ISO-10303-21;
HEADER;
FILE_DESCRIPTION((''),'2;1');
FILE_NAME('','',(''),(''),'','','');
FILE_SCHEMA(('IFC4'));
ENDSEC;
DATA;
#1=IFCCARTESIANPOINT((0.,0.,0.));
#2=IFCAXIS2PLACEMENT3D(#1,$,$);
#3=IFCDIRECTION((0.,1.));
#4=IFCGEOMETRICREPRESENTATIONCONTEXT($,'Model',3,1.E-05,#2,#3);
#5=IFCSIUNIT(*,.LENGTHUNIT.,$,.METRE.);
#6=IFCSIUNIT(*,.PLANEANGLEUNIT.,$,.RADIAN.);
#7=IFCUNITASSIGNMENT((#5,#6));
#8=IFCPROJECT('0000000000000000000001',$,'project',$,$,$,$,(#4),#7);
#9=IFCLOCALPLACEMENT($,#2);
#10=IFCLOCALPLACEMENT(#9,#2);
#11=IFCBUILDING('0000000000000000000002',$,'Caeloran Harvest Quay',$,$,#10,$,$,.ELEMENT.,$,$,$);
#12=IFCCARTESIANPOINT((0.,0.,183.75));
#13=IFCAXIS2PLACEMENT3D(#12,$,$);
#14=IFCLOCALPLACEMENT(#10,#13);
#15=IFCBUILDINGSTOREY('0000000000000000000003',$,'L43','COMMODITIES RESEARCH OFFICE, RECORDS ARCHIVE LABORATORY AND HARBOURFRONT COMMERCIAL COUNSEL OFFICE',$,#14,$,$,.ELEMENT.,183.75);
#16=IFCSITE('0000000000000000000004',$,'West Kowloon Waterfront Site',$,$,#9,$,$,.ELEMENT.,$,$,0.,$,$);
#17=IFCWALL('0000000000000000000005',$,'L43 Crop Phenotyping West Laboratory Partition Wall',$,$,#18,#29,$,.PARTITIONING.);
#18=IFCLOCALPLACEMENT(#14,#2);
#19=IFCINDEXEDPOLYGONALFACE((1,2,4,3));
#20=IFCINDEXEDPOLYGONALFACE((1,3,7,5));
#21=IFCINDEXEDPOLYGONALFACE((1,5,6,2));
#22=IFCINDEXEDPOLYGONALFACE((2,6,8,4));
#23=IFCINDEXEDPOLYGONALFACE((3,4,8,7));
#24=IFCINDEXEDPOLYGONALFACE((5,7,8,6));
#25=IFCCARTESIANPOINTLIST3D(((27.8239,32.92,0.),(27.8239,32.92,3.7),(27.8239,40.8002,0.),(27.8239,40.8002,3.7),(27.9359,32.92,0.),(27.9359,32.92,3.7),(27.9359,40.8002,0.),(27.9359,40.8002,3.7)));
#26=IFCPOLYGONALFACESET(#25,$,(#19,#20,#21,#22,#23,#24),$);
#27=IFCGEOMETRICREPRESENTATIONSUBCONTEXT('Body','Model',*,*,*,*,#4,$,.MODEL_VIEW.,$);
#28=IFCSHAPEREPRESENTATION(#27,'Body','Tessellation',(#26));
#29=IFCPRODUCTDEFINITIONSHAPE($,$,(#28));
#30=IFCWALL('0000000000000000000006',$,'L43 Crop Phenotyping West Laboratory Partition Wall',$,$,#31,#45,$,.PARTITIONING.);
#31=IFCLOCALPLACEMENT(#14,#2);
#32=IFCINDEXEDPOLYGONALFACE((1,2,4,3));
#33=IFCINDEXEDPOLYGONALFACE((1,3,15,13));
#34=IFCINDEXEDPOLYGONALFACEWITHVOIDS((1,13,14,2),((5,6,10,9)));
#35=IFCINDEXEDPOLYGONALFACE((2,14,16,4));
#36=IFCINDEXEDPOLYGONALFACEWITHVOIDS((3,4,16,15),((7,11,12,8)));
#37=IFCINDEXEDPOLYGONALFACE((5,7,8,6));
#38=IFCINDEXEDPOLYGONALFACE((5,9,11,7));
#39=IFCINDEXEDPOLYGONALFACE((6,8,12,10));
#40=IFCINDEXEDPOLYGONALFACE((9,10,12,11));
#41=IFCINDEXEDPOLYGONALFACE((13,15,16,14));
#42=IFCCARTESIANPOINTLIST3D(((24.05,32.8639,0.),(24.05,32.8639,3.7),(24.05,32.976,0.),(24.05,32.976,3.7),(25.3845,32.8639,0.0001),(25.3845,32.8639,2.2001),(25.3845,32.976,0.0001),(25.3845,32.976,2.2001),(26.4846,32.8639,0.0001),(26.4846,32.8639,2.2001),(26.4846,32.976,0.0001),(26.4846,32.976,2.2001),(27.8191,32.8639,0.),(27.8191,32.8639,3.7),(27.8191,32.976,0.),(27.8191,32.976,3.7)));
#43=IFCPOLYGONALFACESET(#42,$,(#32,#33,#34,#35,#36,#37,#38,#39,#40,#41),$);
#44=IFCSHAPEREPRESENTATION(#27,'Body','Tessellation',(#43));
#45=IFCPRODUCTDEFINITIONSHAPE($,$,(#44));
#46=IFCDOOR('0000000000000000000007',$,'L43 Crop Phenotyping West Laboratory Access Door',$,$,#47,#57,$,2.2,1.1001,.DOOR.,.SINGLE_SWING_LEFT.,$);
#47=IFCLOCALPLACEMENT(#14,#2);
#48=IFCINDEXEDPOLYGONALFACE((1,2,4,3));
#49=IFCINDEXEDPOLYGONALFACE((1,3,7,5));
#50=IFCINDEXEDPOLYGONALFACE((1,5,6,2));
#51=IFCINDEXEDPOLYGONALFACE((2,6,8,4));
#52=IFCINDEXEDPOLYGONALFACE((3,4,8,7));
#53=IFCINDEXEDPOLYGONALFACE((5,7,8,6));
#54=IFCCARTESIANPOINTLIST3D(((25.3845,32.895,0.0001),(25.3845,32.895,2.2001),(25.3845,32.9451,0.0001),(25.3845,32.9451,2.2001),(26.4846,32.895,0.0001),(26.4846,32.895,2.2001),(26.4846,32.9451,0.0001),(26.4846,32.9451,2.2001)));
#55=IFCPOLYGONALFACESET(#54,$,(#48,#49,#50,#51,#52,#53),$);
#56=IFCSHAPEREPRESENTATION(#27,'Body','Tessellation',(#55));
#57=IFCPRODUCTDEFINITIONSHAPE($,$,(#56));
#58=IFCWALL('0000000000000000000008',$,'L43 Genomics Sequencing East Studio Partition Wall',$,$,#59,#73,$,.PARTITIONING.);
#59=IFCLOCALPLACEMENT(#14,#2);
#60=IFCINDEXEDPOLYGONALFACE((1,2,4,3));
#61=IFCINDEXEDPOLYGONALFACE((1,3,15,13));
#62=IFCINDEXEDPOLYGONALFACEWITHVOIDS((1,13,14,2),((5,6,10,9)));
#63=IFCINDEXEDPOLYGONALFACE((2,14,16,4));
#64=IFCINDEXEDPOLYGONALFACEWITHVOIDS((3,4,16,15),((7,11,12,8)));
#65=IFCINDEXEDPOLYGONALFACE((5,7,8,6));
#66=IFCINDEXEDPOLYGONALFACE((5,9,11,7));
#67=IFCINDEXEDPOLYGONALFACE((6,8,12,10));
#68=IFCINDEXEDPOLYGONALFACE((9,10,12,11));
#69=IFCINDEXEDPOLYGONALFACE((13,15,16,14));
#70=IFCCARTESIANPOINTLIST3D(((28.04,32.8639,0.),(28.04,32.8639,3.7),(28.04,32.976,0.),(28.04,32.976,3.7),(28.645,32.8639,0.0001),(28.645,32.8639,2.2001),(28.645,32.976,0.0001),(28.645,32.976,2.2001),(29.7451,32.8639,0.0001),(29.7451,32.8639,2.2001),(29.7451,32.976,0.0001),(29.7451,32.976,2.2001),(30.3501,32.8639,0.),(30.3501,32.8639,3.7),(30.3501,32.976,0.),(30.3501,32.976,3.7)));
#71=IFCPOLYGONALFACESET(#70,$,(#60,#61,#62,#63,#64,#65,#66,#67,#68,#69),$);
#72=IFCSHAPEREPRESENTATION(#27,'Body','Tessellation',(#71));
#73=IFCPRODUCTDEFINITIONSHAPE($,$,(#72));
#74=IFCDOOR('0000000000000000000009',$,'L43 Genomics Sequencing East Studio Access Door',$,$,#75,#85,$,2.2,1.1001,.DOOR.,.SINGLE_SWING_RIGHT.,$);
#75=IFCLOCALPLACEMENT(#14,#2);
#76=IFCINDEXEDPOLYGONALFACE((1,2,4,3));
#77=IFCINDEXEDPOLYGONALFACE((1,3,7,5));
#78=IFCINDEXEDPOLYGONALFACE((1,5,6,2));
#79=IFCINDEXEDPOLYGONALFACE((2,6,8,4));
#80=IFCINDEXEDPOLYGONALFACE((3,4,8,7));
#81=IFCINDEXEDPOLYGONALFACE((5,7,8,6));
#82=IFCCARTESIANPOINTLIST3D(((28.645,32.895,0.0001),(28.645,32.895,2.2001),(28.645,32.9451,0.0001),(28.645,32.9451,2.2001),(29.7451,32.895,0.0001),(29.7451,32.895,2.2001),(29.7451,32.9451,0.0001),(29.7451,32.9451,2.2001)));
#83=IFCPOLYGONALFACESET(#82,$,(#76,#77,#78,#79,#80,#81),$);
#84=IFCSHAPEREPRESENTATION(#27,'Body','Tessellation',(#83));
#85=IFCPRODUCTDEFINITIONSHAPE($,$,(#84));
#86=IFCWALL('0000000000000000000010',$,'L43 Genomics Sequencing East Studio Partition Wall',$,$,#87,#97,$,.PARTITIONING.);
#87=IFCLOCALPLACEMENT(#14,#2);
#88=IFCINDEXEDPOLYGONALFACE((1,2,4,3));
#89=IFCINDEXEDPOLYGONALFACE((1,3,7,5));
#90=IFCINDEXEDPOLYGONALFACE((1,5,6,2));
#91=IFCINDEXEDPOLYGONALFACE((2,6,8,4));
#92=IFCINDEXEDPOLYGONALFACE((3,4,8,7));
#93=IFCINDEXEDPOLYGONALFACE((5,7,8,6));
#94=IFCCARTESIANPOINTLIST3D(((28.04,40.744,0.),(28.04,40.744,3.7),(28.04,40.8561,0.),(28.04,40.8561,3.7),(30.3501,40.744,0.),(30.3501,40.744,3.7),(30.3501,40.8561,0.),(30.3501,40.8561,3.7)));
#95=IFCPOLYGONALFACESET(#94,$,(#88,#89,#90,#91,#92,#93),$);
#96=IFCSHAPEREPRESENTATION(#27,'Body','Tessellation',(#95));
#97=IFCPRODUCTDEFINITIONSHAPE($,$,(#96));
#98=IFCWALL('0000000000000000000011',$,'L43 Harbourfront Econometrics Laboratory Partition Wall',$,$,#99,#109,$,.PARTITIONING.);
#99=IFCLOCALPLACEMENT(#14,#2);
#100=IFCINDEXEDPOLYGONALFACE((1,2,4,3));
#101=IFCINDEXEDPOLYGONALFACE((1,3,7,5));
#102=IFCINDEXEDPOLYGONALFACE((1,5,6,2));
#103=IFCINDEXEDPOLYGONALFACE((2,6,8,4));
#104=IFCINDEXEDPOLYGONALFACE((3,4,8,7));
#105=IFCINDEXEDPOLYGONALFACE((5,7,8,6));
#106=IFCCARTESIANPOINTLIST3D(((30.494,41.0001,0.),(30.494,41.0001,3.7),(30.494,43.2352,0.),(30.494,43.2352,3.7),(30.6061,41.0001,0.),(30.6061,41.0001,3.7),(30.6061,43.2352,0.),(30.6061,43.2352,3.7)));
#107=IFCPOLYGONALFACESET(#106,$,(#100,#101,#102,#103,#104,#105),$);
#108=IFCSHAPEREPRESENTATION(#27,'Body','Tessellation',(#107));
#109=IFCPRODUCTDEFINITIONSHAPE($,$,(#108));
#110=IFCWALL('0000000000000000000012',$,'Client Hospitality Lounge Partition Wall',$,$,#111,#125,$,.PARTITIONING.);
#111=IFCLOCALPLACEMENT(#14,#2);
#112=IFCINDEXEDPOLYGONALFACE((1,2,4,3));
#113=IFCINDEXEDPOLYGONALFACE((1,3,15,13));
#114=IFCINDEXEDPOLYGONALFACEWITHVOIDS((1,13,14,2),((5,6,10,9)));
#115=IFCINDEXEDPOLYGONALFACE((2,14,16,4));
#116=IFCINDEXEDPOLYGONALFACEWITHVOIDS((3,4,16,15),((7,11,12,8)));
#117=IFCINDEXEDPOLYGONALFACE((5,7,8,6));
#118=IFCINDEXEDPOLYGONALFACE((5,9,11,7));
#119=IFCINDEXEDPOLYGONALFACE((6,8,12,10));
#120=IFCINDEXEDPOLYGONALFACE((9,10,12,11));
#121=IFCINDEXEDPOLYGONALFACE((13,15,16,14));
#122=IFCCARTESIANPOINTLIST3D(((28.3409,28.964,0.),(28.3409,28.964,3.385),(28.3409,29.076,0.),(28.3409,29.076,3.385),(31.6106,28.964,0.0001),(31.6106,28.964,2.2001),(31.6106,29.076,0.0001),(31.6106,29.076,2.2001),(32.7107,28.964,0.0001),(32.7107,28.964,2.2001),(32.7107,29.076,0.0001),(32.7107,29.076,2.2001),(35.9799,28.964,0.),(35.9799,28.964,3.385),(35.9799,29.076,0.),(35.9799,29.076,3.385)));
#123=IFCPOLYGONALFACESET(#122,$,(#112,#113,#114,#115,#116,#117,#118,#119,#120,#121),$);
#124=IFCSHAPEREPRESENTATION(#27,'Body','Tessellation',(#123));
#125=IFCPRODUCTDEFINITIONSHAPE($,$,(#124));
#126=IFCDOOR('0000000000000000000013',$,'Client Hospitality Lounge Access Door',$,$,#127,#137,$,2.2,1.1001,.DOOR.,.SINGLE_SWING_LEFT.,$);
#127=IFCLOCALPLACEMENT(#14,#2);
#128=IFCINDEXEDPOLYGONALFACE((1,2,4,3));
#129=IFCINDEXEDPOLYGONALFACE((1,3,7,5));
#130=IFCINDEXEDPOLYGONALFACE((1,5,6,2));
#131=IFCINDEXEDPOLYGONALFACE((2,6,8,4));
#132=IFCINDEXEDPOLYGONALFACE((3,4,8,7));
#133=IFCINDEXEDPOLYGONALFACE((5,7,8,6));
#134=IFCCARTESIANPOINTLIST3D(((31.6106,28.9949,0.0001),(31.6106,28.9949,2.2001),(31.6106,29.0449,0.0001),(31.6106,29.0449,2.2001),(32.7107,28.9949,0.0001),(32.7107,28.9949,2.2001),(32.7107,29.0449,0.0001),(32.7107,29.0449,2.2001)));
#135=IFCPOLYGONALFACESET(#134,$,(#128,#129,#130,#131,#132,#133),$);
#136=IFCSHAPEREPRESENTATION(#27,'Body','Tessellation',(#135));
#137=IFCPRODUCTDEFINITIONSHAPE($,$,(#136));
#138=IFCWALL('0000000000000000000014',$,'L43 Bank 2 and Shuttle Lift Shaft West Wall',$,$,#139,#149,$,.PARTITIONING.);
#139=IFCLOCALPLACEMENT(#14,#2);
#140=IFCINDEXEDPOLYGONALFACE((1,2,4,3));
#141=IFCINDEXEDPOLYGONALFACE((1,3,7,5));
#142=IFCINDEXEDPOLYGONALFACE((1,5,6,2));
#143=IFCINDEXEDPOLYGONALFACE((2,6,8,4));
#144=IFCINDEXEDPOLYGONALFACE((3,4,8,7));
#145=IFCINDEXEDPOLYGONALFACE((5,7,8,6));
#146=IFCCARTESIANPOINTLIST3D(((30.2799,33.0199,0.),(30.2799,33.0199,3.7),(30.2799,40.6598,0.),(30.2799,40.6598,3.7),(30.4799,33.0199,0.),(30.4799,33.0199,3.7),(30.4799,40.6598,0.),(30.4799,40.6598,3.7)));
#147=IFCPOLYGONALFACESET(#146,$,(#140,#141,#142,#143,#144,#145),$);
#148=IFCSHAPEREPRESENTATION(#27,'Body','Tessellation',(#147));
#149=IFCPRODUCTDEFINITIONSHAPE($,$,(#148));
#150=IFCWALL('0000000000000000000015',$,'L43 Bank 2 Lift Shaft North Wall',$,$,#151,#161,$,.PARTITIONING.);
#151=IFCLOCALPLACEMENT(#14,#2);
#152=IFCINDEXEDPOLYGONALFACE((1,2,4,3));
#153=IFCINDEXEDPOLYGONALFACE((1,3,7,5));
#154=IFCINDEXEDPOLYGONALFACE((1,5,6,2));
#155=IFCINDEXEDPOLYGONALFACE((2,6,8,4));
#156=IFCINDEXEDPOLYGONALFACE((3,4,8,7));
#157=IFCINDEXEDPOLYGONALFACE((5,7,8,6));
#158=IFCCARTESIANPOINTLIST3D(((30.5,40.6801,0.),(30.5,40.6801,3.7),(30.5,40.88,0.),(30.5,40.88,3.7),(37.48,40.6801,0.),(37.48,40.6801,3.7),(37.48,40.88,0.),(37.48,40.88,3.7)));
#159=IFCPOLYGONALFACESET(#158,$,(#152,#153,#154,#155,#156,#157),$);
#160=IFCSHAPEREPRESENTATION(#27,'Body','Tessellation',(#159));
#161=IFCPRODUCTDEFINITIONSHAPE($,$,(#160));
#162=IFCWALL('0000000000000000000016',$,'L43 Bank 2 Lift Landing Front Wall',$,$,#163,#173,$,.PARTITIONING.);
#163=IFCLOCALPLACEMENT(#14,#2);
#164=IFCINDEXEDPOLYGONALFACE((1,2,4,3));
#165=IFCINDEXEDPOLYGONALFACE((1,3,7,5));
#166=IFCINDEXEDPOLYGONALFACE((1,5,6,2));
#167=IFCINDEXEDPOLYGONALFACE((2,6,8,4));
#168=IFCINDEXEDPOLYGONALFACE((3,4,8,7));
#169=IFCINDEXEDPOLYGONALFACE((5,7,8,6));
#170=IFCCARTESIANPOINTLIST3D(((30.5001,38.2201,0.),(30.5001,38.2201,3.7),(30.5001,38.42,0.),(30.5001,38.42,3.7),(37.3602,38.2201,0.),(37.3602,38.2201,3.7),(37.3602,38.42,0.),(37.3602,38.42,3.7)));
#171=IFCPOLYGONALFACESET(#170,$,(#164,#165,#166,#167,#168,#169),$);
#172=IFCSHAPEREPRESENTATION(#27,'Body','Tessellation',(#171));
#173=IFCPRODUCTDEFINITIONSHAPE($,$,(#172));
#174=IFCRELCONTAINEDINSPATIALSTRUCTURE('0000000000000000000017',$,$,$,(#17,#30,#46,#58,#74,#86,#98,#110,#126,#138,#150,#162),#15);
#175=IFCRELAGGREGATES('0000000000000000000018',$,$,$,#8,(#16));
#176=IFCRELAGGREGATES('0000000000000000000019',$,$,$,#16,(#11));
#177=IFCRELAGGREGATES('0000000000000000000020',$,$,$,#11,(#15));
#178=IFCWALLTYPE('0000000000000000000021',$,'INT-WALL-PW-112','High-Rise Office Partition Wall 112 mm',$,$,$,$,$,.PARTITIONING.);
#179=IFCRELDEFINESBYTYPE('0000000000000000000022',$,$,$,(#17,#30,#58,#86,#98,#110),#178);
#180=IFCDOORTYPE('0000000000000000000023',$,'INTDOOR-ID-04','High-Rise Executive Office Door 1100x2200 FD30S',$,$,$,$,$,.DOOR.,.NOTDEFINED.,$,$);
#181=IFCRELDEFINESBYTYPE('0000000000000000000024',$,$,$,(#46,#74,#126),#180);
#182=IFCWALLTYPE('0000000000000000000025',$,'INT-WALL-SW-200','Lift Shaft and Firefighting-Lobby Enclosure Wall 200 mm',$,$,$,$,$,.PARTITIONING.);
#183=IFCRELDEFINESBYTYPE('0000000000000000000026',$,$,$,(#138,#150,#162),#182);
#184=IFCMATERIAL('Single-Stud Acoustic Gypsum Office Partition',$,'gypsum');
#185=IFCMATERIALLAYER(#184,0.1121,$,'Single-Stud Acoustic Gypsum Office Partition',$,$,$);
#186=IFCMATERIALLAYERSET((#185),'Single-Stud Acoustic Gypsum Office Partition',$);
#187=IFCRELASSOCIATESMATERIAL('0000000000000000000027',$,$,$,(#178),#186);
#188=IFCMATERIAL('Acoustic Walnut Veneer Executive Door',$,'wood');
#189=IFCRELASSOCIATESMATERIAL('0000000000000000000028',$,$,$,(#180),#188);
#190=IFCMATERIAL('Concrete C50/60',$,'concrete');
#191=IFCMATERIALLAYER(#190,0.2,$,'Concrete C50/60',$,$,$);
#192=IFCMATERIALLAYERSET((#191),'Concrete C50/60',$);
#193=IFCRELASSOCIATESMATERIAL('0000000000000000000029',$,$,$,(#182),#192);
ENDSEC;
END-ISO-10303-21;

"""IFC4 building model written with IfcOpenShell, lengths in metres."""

from ifc_helpers import new_model, si_unit, direction, frame, frame_2d, origin, place, context, subcontext, project, spatial, rectangle, extrude, material, layer, layer_set, type_object, element, fill, save


model = new_model("IFC4")

# Units and contexts
model_context = context("Model", 3, precision=1e-05, world=origin(), true_north=direction((0.0, 1.0)))
body_context = subcontext(model_context, "Body", "Model", "MODEL_VIEW")
ifc_project = project(units=[si_unit("LENGTHUNIT", "METRE"), si_unit("PLANEANGLEUNIT", "RADIAN")], contexts=[model_context])

# Site, building, storey
site_placement = place(None, origin())
site = spatial("IfcSite", under=ifc_project, at=site_placement, Name="West Kowloon Waterfront Site", CompositionType="ELEMENT", RefElevation=0.0)
building_placement = place(site_placement, origin())
building = spatial("IfcBuilding", under=site, at=building_placement, Name="Caeloran Harvest Quay", CompositionType="ELEMENT")
storey_placement = place(building_placement, frame((0.0, 0.0, 183.75)))
storey = spatial("IfcBuildingStorey", under=building, at=storey_placement, Name="L43", Description="COMMODITIES RESEARCH OFFICE, RECORDS ARCHIVE LABORATORY AND HARBOURFRONT COMMERCIAL COUNSEL OFFICE", CompositionType="ELEMENT", Elevation=183.75)

# Wall
ifc_material_1 = material(Name="Single-Stud Acoustic Gypsum Office Partition", Category="gypsum")
ifc_layer_1 = layer(ifc_material_1, 0.1121, Name="Single-Stud Acoustic Gypsum Office Partition")
ifc_layer_set_1 = layer_set([ifc_layer_1], Name="Single-Stud Acoustic Gypsum Office Partition")
wall_type_1 = type_object("IfcWallType", Name="INT-WALL-PW-112", Description="High-Rise Office Partition Wall 112 mm", PredefinedType="PARTITIONING", material=ifc_layer_set_1)
wall_1_placement = place(storey_placement, frame((27.8799, 40.8, 0.0), z_axis=(0.0, 0.0, 1.0), x_axis=(0.0, -1.0, 0.0)))
element("IfcWall", 1, at=wall_1_placement, inside=storey, type_object=wall_type_1, Name="L43 Crop Phenotyping West Laboratory Partition Wall", PredefinedType="PARTITIONING", context=body_context, shape_type="SweptSolid", body=[
    extrude(rectangle(XDim=7.8801, YDim=0.1121, at=frame_2d((3.9399, 0.0))), origin(), (0.0, 0.0, 1.0), 3.7),
])

# Walls, openings, doors
wall_2_placement = place(storey_placement, frame((27.8191, 32.9199, 0.0), z_axis=(0.0, 0.0, 1.0), x_axis=(-1.0, 0.0, 0.0)))
wall_2 = element("IfcWall", 2, at=wall_2_placement, inside=storey, type_object=wall_type_1, Name="L43 Crop Phenotyping West Laboratory Partition Wall", PredefinedType="PARTITIONING", context=body_context, shape_type="SweptSolid", body=[
    extrude(rectangle(XDim=3.769, YDim=0.1121, at=frame_2d((1.8845, 0.0))), origin(), (0.0, 0.0, 1.0), 3.7),
])
opening_1_placement = place(wall_2_placement, frame((1.3345, 0.0, 0.0)))
opening_1 = element("IfcOpeningElement", 3, at=opening_1_placement, cuts=wall_2, PredefinedType="OPENING", context=body_context, shape_type="SweptSolid", body=[
    extrude(rectangle(XDim=1.1001, YDim=2.2, at=frame_2d((0.55, 1.1001))), frame((0.0, 0.0659, 0.0), z_axis=(0.0, -1.0, 0.0), x_axis=(1.0, 0.0, 0.0)), (0.0, 0.0, 1.0), 0.1321),
])
ifc_material_2 = material(Name="Acoustic Walnut Veneer Executive Door", Category="wood")
door_type = type_object("IfcDoorType", Name="INTDOOR-ID-04", Description="High-Rise Executive Office Door 1100x2200 FD30S", OperationType="NOTDEFINED", PredefinedType="DOOR", material=ifc_material_2)
door_1_placement = place(opening_1_placement, origin())
door_1 = element("IfcDoor", 4, at=door_1_placement, inside=storey, type_object=door_type, Name="L43 Crop Phenotyping West Laboratory Access Door", OperationType="SINGLE_SWING_LEFT", OverallHeight=2.2, OverallWidth=1.1001, PredefinedType="DOOR", context=body_context, shape_type="SweptSolid", body=[
    extrude(rectangle(XDim=1.1001, YDim=2.2, at=frame_2d((0.55, 1.1001))), frame((0.0, 0.0249, 0.0), z_axis=(0.0, -1.0, 0.0), x_axis=(1.0, 0.0, 0.0)), (0.0, 0.0, 1.0), 0.05),
])
fill(opening_1, door_1)
wall_3_placement = place(storey_placement, frame((30.3501, 32.9199, 0.0), z_axis=(0.0, 0.0, 1.0), x_axis=(-1.0, 0.0, 0.0)))
wall_3 = element("IfcWall", 5, at=wall_3_placement, inside=storey, type_object=wall_type_1, Name="L43 Genomics Sequencing East Studio Partition Wall", PredefinedType="PARTITIONING", context=body_context, shape_type="SweptSolid", body=[
    extrude(rectangle(XDim=2.3101, YDim=0.1121, at=frame_2d((1.155, 0.0))), origin(), (0.0, 0.0, 1.0), 3.7),
])
opening_2_placement = place(wall_3_placement, frame((0.605, 0.0, 0.0)))
opening_2 = element("IfcOpeningElement", 6, at=opening_2_placement, cuts=wall_3, PredefinedType="OPENING", context=body_context, shape_type="SweptSolid", body=[
    extrude(rectangle(XDim=1.1001, YDim=2.2, at=frame_2d((0.55, 1.1001))), frame((0.0, 0.0659, 0.0), z_axis=(0.0, -1.0, 0.0), x_axis=(1.0, 0.0, 0.0)), (0.0, 0.0, 1.0), 0.1321),
])
door_2_placement = place(opening_2_placement, origin())
door_2 = element("IfcDoor", 7, at=door_2_placement, inside=storey, type_object=door_type, Name="L43 Genomics Sequencing East Studio Access Door", OperationType="SINGLE_SWING_RIGHT", OverallHeight=2.2, OverallWidth=1.1001, PredefinedType="DOOR", context=body_context, shape_type="SweptSolid", body=[
    extrude(rectangle(XDim=1.1001, YDim=2.2, at=frame_2d((0.55, 1.1001))), frame((0.0, 0.0249, 0.0), z_axis=(0.0, -1.0, 0.0), x_axis=(1.0, 0.0, 0.0)), (0.0, 0.0, 1.0), 0.05),
])
fill(opening_2, door_2)

# Walls
wall_4_placement = place(storey_placement, frame((28.04, 40.8, 0.0), z_axis=(0.0, 0.0, 1.0), x_axis=(1.0, 0.0, 0.0)))
element("IfcWall", 8, at=wall_4_placement, inside=storey, type_object=wall_type_1, Name="L43 Genomics Sequencing East Studio Partition Wall", PredefinedType="PARTITIONING", context=body_context, shape_type="SweptSolid", body=[
    extrude(rectangle(XDim=2.3101, YDim=0.1121, at=frame_2d((1.155, 0.0))), origin(), (0.0, 0.0, 1.0), 3.7),
])
wall_5_placement = place(storey_placement, frame((30.55, 41.0, 0.0), z_axis=(0.0, 0.0, 1.0), x_axis=(0.0, 1.0, 0.0)))
element("IfcWall", 9, at=wall_5_placement, inside=storey, type_object=wall_type_1, Name="L43 Harbourfront Econometrics Laboratory Partition Wall", PredefinedType="PARTITIONING", context=body_context, shape_type="SweptSolid", body=[
    extrude(rectangle(XDim=2.2351, YDim=0.1121, at=frame_2d((1.1177, 0.0))), origin(), (0.0, 0.0, 1.0), 3.7),
])

# Wall, opening, door
wall_6_placement = place(storey_placement, frame((28.3411, 29.02, 0.0), z_axis=(0.0, 0.0, 1.0), x_axis=(1.0, 0.0, 0.0)))
wall_6 = element("IfcWall", 10, at=wall_6_placement, inside=storey, type_object=wall_type_1, Name="Client Hospitality Lounge Partition Wall", PredefinedType="PARTITIONING", context=body_context, shape_type="SweptSolid", body=[
    extrude(rectangle(XDim=7.6389, YDim=0.1121, at=frame_2d((3.8193, 0.0))), origin(), (0.0, 0.0, 1.0), 3.385),
])
opening_3_placement = place(wall_6_placement, frame((3.2695, 0.0, 0.0)))
opening_3 = element("IfcOpeningElement", 11, at=opening_3_placement, cuts=wall_6, PredefinedType="OPENING", context=body_context, shape_type="SweptSolid", body=[
    extrude(rectangle(XDim=1.1001, YDim=2.2, at=frame_2d((0.55, 1.1001))), frame((0.0, 0.0659, 0.0), z_axis=(0.0, -1.0, 0.0), x_axis=(1.0, 0.0, 0.0)), (0.0, 0.0, 1.0), 0.1321),
])
door_3_placement = place(opening_3_placement, origin())
door_3 = element("IfcDoor", 12, at=door_3_placement, inside=storey, type_object=door_type, Name="Client Hospitality Lounge Access Door", OperationType="SINGLE_SWING_LEFT", OverallHeight=2.2, OverallWidth=1.1001, PredefinedType="DOOR", context=body_context, shape_type="SweptSolid", body=[
    extrude(rectangle(XDim=1.1001, YDim=2.2, at=frame_2d((0.55, 1.1001))), frame((0.0, 0.0249, 0.0), z_axis=(0.0, -1.0, 0.0), x_axis=(1.0, 0.0, 0.0)), (0.0, 0.0, 1.0), 0.05),
])
fill(opening_3, door_3)

# Walls
ifc_material_3 = material(Name="Concrete C50/60", Category="concrete")
ifc_layer_2 = layer(ifc_material_3, 0.2, Name="Concrete C50/60")
ifc_layer_set_2 = layer_set([ifc_layer_2], Name="Concrete C50/60")
wall_type_2 = type_object("IfcWallType", Name="INT-WALL-SW-200", Description="Lift Shaft and Firefighting-Lobby Enclosure Wall 200 mm", PredefinedType="PARTITIONING", material=ifc_layer_set_2)
wall_7_placement = place(storey_placement, frame((30.3799, 33.02, 0.0), z_axis=(0.0, 0.0, 1.0), x_axis=(0.0, 1.0, 0.0)))
element("IfcWall", 13, at=wall_7_placement, inside=storey, type_object=wall_type_2, Name="L43 Bank 2 and Shuttle Lift Shaft West Wall", PredefinedType="PARTITIONING", context=body_context, shape_type="SweptSolid", body=[
    extrude(rectangle(XDim=7.6399, YDim=0.2, at=frame_2d((3.8198, 0.0))), origin(), (0.0, 0.0, 1.0), 3.7),
])
wall_8_placement = place(storey_placement, frame((30.5, 40.78, 0.0), z_axis=(0.0, 0.0, 1.0), x_axis=(1.0, 0.0, 0.0)))
element("IfcWall", 14, at=wall_8_placement, inside=storey, type_object=wall_type_2, Name="L43 Bank 2 Lift Shaft North Wall", PredefinedType="PARTITIONING", context=body_context, shape_type="SweptSolid", body=[
    extrude(rectangle(XDim=6.98, YDim=0.2, at=frame_2d((3.49, 0.0))), origin(), (0.0, 0.0, 1.0), 3.7),
])
wall_9_placement = place(storey_placement, frame((30.5, 38.3201, 0.0), z_axis=(0.0, 0.0, 1.0), x_axis=(1.0, 0.0, 0.0)))
element("IfcWall", 15, at=wall_9_placement, inside=storey, type_object=wall_type_2, Name="L43 Bank 2 Lift Landing Front Wall", PredefinedType="PARTITIONING", context=body_context, shape_type="SweptSolid", body=[
    extrude(rectangle(XDim=6.8601, YDim=0.2, at=frame_2d((3.4302, 0.0))), origin(), (0.0, 0.0, 1.0), 3.7),
])

save(model, "model.ifc")
